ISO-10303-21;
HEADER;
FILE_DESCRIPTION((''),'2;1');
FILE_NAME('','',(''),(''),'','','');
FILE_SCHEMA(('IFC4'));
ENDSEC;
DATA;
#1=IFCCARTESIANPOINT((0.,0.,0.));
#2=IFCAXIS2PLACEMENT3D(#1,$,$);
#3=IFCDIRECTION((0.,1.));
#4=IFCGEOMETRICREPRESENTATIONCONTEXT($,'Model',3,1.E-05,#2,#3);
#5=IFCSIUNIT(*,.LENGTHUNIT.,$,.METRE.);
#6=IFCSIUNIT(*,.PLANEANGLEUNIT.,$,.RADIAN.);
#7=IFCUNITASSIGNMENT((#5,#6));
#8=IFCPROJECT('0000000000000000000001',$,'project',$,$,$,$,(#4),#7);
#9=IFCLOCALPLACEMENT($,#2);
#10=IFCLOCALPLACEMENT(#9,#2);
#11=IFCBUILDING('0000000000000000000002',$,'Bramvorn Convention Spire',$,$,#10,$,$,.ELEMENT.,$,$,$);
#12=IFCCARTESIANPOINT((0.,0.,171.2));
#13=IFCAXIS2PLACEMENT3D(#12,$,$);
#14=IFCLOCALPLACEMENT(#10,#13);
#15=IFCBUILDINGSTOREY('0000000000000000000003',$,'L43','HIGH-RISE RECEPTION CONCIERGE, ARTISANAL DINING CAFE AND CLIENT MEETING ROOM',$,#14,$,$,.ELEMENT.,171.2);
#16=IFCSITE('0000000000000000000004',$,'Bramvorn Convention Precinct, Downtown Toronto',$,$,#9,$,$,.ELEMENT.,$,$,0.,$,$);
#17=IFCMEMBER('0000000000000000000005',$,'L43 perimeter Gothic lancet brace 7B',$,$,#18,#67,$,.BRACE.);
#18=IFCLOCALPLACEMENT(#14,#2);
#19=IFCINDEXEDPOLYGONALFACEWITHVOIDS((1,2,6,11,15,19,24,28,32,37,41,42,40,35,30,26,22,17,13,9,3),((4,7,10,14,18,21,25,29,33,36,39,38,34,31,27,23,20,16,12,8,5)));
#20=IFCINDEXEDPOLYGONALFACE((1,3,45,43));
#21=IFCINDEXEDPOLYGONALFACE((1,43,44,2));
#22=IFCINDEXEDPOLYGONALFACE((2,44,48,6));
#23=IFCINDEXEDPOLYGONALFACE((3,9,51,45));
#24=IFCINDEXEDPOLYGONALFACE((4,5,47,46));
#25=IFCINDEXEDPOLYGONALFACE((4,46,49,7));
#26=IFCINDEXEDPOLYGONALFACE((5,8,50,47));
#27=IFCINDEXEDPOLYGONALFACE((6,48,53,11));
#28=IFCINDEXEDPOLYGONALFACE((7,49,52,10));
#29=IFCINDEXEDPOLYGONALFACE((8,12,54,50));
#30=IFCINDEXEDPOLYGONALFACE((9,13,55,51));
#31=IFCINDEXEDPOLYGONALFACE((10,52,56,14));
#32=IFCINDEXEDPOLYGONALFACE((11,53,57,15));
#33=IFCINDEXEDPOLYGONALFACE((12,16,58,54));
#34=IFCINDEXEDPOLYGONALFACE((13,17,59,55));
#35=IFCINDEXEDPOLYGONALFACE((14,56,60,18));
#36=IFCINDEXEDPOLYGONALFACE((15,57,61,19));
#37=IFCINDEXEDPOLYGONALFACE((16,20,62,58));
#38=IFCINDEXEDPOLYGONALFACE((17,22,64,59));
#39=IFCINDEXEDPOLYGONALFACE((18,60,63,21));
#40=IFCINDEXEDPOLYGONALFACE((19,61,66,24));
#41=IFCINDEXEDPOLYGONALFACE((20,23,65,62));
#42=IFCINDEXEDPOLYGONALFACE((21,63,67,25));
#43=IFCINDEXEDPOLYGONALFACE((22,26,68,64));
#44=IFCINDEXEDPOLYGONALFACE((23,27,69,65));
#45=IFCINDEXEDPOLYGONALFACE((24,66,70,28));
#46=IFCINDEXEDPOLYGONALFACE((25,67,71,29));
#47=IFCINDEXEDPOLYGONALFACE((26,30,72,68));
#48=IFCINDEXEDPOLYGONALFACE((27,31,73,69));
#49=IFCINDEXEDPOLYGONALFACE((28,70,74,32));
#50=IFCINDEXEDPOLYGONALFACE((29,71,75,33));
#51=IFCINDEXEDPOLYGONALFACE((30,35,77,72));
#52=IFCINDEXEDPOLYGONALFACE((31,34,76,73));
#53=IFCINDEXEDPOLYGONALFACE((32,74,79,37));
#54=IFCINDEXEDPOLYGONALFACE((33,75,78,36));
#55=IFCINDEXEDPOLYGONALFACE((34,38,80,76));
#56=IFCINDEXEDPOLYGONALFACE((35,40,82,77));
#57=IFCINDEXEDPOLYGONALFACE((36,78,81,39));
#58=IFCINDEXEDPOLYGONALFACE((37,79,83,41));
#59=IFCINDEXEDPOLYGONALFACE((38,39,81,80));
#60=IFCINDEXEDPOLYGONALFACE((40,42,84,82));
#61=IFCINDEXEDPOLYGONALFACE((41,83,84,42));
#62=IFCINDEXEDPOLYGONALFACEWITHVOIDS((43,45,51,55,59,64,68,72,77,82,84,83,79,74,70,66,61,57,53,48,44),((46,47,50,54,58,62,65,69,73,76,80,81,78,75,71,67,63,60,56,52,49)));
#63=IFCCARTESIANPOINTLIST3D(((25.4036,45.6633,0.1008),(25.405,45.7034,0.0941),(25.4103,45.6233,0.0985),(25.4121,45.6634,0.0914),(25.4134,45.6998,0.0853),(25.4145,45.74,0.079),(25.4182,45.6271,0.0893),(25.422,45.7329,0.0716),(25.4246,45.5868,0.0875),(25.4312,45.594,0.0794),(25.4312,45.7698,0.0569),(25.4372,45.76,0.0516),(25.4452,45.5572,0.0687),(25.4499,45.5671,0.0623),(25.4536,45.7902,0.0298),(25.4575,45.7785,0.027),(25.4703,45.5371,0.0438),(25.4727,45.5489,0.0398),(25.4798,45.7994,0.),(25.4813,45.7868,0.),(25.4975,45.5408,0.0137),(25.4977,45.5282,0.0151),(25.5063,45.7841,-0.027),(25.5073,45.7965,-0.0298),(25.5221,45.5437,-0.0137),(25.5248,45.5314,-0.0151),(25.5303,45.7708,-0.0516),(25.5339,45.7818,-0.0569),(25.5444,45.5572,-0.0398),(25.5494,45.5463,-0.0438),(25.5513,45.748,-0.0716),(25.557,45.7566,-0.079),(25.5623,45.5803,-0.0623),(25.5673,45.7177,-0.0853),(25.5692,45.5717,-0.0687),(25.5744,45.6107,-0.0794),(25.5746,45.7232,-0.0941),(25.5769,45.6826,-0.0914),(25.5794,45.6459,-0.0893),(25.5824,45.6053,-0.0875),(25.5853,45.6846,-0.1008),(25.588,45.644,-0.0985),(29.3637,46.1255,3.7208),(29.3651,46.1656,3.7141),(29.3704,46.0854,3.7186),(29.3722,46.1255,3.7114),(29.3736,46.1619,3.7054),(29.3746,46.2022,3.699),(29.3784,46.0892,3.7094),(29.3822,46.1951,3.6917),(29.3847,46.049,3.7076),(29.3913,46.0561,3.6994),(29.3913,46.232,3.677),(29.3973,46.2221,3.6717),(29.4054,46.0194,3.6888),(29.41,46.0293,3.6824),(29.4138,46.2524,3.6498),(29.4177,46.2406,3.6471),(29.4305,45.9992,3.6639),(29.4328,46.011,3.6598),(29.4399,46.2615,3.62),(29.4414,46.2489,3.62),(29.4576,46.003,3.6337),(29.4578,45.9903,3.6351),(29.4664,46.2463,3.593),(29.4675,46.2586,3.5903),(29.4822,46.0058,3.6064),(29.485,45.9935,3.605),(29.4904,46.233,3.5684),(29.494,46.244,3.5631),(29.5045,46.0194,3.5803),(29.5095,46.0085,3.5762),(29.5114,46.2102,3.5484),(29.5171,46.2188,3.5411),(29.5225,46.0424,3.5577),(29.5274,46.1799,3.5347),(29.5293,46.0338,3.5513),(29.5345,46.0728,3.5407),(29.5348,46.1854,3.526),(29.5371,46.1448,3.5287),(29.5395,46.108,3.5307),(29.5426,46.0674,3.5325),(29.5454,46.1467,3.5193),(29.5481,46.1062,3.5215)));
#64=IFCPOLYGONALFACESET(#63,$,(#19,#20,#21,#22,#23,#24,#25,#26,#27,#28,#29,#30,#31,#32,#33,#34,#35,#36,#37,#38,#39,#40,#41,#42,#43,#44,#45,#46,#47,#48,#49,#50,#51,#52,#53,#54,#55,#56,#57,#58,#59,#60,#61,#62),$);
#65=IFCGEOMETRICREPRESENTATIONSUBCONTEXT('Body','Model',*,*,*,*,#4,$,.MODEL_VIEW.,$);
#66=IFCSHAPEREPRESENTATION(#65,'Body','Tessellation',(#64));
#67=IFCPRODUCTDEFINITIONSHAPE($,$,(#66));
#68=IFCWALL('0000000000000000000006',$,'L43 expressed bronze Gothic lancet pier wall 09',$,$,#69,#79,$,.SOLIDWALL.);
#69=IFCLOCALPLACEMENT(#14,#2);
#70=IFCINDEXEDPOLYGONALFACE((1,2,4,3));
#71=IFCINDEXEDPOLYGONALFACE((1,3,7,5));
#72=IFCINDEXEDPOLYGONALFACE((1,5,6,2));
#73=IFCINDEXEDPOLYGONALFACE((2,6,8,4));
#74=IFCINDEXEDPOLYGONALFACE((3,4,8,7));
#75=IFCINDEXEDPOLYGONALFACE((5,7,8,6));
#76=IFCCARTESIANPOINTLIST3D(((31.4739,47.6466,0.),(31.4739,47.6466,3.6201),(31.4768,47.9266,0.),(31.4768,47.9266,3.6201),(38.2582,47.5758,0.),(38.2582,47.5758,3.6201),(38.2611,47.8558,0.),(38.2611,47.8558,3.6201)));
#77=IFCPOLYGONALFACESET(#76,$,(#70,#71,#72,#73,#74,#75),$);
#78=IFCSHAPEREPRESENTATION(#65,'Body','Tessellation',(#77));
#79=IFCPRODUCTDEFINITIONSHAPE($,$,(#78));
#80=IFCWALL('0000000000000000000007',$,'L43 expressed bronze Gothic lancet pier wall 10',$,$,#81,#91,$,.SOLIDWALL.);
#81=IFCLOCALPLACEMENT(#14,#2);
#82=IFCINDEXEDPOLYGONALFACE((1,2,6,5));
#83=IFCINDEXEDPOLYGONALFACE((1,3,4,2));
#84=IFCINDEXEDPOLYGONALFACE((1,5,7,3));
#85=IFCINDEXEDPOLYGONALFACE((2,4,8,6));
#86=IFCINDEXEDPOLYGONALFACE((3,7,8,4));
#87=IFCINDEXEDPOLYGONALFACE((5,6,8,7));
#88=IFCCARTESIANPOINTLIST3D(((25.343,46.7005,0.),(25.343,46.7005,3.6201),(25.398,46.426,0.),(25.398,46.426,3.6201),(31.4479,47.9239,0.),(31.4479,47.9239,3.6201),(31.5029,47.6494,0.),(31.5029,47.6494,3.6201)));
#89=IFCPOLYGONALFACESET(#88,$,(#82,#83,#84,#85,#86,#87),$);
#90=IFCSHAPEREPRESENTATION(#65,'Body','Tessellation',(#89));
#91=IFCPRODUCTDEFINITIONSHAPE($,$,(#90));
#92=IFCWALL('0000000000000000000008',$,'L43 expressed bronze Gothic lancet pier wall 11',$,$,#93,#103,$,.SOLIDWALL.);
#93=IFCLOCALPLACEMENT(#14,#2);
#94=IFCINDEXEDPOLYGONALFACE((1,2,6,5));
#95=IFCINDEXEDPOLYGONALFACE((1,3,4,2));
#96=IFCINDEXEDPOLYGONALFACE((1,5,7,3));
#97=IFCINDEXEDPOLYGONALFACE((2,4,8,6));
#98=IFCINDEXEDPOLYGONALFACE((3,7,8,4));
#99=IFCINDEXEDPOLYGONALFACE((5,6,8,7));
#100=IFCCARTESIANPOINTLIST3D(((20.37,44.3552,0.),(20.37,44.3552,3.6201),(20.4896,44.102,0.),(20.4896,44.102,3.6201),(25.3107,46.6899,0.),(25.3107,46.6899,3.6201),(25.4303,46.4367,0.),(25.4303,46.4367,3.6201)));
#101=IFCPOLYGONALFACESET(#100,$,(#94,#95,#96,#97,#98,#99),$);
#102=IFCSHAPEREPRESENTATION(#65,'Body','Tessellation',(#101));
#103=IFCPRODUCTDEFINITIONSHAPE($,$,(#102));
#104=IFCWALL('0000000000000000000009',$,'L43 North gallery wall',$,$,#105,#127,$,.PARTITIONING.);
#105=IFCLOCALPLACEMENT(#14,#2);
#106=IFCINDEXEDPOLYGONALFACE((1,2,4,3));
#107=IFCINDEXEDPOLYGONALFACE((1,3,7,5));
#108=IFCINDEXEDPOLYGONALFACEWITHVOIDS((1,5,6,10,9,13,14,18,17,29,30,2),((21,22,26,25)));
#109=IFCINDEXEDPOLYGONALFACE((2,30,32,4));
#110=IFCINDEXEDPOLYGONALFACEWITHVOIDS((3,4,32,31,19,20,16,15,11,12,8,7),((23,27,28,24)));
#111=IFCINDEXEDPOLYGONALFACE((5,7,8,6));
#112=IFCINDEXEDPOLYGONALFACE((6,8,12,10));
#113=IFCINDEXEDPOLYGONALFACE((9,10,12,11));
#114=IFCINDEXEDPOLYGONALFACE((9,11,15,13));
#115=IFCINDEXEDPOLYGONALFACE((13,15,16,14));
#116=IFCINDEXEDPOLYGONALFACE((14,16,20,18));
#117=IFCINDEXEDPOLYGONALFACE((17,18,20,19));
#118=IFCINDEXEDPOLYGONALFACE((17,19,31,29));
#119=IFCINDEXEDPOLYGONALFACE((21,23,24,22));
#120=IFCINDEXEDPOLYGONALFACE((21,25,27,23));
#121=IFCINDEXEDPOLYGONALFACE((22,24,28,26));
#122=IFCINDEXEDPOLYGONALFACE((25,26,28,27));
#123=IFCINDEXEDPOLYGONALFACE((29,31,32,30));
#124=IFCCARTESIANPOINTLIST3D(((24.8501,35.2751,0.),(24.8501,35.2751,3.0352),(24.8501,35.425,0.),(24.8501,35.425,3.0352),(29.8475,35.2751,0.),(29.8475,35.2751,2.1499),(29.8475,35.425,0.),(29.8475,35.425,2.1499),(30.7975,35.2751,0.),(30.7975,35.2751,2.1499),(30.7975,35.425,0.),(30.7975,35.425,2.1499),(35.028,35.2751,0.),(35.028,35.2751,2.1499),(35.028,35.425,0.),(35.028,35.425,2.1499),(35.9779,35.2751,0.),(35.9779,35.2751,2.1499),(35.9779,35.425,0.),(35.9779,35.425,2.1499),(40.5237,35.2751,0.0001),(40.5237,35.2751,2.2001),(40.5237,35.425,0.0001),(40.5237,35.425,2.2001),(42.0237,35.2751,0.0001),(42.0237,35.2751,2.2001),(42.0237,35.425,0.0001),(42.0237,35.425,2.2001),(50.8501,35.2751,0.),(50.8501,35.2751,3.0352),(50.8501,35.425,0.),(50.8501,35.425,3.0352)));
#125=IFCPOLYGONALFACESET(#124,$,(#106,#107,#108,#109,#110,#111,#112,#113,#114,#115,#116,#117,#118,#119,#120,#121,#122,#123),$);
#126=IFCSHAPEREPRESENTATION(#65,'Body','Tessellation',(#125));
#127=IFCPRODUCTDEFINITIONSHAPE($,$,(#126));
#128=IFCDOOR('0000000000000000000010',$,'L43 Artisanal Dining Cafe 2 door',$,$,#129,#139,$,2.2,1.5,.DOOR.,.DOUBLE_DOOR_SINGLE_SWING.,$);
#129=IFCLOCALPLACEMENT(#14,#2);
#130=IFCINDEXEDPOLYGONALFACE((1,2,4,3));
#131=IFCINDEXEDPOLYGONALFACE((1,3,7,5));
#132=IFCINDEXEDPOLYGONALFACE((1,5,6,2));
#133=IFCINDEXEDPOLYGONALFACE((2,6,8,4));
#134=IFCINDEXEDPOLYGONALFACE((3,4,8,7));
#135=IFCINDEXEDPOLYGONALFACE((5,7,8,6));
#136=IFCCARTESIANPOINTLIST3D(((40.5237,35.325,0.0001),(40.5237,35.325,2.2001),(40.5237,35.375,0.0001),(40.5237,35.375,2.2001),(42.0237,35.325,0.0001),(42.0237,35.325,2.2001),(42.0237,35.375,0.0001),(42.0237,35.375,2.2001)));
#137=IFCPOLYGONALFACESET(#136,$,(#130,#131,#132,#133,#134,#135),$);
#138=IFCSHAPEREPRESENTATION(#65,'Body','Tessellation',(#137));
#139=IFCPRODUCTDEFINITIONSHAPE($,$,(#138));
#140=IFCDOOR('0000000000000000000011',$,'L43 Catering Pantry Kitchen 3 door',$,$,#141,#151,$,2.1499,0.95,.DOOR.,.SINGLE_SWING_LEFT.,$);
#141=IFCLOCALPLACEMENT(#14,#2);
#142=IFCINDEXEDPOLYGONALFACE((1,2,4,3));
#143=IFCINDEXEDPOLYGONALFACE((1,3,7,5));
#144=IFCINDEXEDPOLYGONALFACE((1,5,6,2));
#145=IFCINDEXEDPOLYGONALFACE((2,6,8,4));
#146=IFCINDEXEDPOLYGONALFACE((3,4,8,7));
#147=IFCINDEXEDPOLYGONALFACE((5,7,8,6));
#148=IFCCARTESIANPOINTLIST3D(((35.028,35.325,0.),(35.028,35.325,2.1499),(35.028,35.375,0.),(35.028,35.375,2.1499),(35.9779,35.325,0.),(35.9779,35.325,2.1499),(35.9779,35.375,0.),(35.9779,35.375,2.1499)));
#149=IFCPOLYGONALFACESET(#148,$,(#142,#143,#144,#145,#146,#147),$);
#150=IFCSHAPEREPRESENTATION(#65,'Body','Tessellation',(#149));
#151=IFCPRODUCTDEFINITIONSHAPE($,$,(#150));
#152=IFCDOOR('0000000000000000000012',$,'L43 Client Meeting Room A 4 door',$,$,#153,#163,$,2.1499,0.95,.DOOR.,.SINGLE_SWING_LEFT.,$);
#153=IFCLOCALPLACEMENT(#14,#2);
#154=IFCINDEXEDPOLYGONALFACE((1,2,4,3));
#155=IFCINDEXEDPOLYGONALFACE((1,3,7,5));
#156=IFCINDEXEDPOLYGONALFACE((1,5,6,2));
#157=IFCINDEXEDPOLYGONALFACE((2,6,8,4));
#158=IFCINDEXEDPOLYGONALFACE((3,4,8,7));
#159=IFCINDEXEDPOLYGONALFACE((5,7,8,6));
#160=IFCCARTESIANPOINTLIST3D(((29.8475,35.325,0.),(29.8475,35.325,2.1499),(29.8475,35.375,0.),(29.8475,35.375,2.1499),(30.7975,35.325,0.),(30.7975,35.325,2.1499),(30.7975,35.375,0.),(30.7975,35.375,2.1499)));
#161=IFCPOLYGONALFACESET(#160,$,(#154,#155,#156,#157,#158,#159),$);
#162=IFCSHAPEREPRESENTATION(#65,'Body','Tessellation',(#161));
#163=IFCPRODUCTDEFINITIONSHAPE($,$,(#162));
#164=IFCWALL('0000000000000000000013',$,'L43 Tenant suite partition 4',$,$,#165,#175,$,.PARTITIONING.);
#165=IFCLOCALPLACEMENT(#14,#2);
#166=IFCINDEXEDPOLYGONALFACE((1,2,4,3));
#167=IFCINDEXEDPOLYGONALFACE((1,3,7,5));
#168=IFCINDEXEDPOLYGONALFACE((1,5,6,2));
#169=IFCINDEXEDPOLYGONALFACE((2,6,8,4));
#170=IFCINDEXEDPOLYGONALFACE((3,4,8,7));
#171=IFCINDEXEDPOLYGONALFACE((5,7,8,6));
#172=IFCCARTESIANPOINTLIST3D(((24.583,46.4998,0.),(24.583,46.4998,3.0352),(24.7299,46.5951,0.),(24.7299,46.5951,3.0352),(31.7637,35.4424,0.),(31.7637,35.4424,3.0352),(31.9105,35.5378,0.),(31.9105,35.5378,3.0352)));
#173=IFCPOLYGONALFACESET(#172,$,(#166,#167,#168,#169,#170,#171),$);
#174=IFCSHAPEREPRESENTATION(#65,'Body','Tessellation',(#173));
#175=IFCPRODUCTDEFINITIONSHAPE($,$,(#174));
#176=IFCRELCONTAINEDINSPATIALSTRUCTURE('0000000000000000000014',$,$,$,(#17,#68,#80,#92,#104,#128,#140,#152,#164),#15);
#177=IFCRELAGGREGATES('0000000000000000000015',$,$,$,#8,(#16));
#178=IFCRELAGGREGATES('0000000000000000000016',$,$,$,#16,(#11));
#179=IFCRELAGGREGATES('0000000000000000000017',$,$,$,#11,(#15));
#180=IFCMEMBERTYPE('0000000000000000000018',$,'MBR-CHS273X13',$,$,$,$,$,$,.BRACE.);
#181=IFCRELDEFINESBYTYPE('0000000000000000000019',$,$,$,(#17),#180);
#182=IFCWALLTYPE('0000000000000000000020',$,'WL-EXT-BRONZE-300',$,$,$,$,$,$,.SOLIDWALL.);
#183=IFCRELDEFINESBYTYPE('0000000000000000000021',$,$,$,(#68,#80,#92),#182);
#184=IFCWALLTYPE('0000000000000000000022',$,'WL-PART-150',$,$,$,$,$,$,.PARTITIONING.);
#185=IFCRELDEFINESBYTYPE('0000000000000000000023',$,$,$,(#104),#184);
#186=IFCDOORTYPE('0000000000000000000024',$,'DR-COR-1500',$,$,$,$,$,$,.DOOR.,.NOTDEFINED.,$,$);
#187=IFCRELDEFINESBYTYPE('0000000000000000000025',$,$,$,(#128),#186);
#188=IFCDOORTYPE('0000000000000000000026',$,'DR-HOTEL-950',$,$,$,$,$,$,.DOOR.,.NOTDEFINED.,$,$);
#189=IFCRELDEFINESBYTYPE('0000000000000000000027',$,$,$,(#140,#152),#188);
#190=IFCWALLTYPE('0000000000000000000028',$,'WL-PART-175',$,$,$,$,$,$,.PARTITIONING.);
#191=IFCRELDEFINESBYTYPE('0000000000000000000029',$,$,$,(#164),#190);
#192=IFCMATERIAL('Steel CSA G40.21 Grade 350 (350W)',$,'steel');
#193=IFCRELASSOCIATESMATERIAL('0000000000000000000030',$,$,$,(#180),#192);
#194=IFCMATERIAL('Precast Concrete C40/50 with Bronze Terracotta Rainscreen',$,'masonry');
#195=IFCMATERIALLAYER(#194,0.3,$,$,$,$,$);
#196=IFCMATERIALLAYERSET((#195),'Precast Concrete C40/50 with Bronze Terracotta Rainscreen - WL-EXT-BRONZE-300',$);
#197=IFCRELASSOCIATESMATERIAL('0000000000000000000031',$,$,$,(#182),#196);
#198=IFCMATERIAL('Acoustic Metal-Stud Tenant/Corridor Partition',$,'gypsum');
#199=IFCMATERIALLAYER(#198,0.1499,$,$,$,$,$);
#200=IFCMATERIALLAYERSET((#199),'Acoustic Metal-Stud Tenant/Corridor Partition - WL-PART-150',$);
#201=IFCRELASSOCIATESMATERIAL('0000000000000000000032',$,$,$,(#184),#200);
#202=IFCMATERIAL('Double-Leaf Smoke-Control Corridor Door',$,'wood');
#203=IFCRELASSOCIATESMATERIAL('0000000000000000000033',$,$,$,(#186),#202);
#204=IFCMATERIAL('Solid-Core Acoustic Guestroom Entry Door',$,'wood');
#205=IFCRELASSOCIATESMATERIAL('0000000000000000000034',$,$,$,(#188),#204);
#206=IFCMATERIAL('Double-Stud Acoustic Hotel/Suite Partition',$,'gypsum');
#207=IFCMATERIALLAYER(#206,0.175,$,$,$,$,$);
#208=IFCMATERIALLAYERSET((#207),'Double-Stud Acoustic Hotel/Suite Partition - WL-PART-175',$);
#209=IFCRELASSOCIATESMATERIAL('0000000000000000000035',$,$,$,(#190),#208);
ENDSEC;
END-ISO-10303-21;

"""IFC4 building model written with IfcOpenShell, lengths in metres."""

from ifc_helpers import new_model, si_unit, direction, frame, frame_2d, origin, origin_2d, place, context, subcontext, project, spatial, rectangle, hollow_circle, extrude, material, layer, layer_set, material_profile, profile_set, type_object, element, fill, save


model = new_model("IFC4")

# Units and contexts
model_context = context("Model", 3, precision=1e-05, world=origin(), true_north=direction((0.0, 1.0)))
body_context = subcontext(model_context, "Body", "Model", "MODEL_VIEW")
ifc_project = project(units=[si_unit("LENGTHUNIT", "METRE"), si_unit("PLANEANGLEUNIT", "RADIAN")], contexts=[model_context])

# Site, building, storey
site_placement = place(None, origin())
site = spatial("IfcSite", under=ifc_project, at=site_placement, Name="Bramvorn Convention Precinct, Downtown Toronto", CompositionType="ELEMENT", RefElevation=0.0)
building_placement = place(site_placement, origin())
building = spatial("IfcBuilding", under=site, at=building_placement, Name="Bramvorn Convention Spire", CompositionType="ELEMENT")
storey_placement = place(building_placement, frame((0.0, 0.0, 171.2)))
storey = spatial("IfcBuildingStorey", under=building, at=storey_placement, Name="L43", Description="HIGH-RISE RECEPTION CONCIERGE, ARTISANAL DINING CAFE AND CLIENT MEETING ROOM", CompositionType="ELEMENT", Elevation=171.2)

# Shared definitions
ifc_material_1 = material(Name="Steel CSA G40.21 Grade 350 (350W)", Category="steel")

# Member
ifc_material_profile_1 = material_profile(ifc_material_1, hollow_circle(Radius=0.1365, WallThickness=0.0127, at=origin_2d()))
ifc_profile_set_1 = profile_set([ifc_material_profile_1], Name="Steel CSA G40.21 Grade 350 (350W) - CHS273X13")
member_type = type_object("IfcMemberType", Name="MBR-CHS273X13", PredefinedType="BRACE", material=ifc_profile_set_1)
member_1_placement = place(storey_placement, frame((25.4956, 45.6638, 0.0), z_axis=(0.735365, 0.085818, 0.672215), x_axis=(-0.115914, 0.993259, 0.0)))
element("IfcMember", 1, at=member_1_placement, inside=storey, type_object=member_type, Name="L43 perimeter Gothic lancet brace 7B", PredefinedType="BRACE", context=body_context, shape_type="SweptSolid", body=[
    extrude(hollow_circle(Radius=0.1365, WallThickness=0.0127, at=origin_2d()), origin(), (0.0, 0.0, 1.0), 5.3853),
])

# Walls
ifc_material_2 = material(Name="Precast Concrete C40/50 with Bronze Terracotta Rainscreen", Category="masonry")
ifc_layer_1 = layer(ifc_material_2, 0.3)
ifc_layer_set_1 = layer_set([ifc_layer_1], Name="Precast Concrete C40/50 with Bronze Terracotta Rainscreen - WL-EXT-BRONZE-300")
wall_type_1 = type_object("IfcWallType", Name="WL-EXT-BRONZE-300", PredefinedType="SOLIDWALL", material=ifc_layer_set_1)
wall_1_placement = place(storey_placement, frame((31.4753, 47.7866, 0.0), z_axis=(0.0, 0.0, 1.0), x_axis=(0.999946, -0.010436, 0.0)))
element("IfcWall", 2, at=wall_1_placement, inside=storey, type_object=wall_type_1, Name="L43 expressed bronze Gothic lancet pier wall 09", PredefinedType="SOLIDWALL", context=body_context, shape_type="SweptSolid", body=[
    extrude(rectangle(XDim=6.7847, YDim=0.28, at=frame_2d((3.3923, 0.0))), origin(), (0.0, 0.0, 1.0), 3.6201),
])
wall_2_placement = place(storey_placement, frame((25.3704, 46.5632, 0.0), z_axis=(0.0, 0.0, 1.0), x_axis=(0.980507, 0.196486, 0.0)))
element("IfcWall", 3, at=wall_2_placement, inside=storey, type_object=wall_type_1, Name="L43 expressed bronze Gothic lancet pier wall 10", PredefinedType="SOLIDWALL", context=body_context, shape_type="SweptSolid", body=[
    extrude(rectangle(XDim=6.2263, YDim=0.28, at=frame_2d((3.1133, 0.0))), origin(), (0.0, 0.0, 1.0), 3.6201),
])
wall_3_placement = place(storey_placement, frame((20.4297, 44.2285, 0.0), z_axis=(0.0, 0.0, 1.0), x_axis=(0.904134, 0.427249, 0.0)))
element("IfcWall", 4, at=wall_3_placement, inside=storey, type_object=wall_type_1, Name="L43 expressed bronze Gothic lancet pier wall 11", PredefinedType="SOLIDWALL", context=body_context, shape_type="SweptSolid", body=[
    extrude(rectangle(XDim=5.4646, YDim=0.28, at=frame_2d((2.7324, 0.0))), origin(), (0.0, 0.0, 1.0), 3.6201),
])

# Wall, openings, doors
ifc_material_3 = material(Name="Acoustic Metal-Stud Tenant/Corridor Partition", Category="gypsum")
ifc_layer_2 = layer(ifc_material_3, 0.1499)
ifc_layer_set_2 = layer_set([ifc_layer_2], Name="Acoustic Metal-Stud Tenant/Corridor Partition - WL-PART-150")
wall_type_2 = type_object("IfcWallType", Name="WL-PART-150", PredefinedType="PARTITIONING", material=ifc_layer_set_2)
wall_4_placement = place(storey_placement, frame((24.8501, 35.3501, 0.0), z_axis=(0.0, 0.0, 1.0), x_axis=(1.0, 0.0, 0.0)))
wall_4 = element("IfcWall", 5, at=wall_4_placement, inside=storey, type_object=wall_type_2, Name="L43 North gallery wall", PredefinedType="PARTITIONING", context=body_context, shape_type="SweptSolid", body=[
    extrude(rectangle(XDim=26.0, YDim=0.1499, at=frame_2d((13.0, 0.0))), origin(), (0.0, 0.0, 1.0), 3.0352),
])
opening_1_placement = place(wall_4_placement, frame((15.6736, 0.0, 0.0)))
opening_1 = element("IfcOpeningElement", 6, at=opening_1_placement, cuts=wall_4, PredefinedType="OPENING", context=body_context, shape_type="SweptSolid", body=[
    extrude(rectangle(XDim=1.5, YDim=2.2, at=frame_2d((0.75, 1.1001))), frame((0.0, 0.085, 0.0), z_axis=(0.0, -1.0, 0.0), x_axis=(1.0, 0.0, 0.0)), (0.0, 0.0, 1.0), 0.1699),
])
opening_2_placement = place(wall_4_placement, frame((10.1777, 0.0, 0.0)))
opening_2 = element("IfcOpeningElement", 7, at=opening_2_placement, cuts=wall_4, PredefinedType="OPENING", context=body_context, shape_type="SweptSolid", body=[
    extrude(rectangle(XDim=0.95, YDim=2.1499, at=frame_2d((0.4751, 1.075))), frame((0.0, 0.085, 0.0), z_axis=(0.0, -1.0, 0.0), x_axis=(1.0, 0.0, 0.0)), (0.0, 0.0, 1.0), 0.1699),
])
opening_3_placement = place(wall_4_placement, frame((4.9973, 0.0, 0.0)))
opening_3 = element("IfcOpeningElement", 8, at=opening_3_placement, cuts=wall_4, PredefinedType="OPENING", context=body_context, shape_type="SweptSolid", body=[
    extrude(rectangle(XDim=0.95, YDim=2.1499, at=frame_2d((0.4751, 1.075))), frame((0.0, 0.085, 0.0), z_axis=(0.0, -1.0, 0.0), x_axis=(1.0, 0.0, 0.0)), (0.0, 0.0, 1.0), 0.1699),
])
ifc_material_4 = material(Name="Double-Leaf Smoke-Control Corridor Door", Category="wood")
door_type_1 = type_object("IfcDoorType", Name="DR-COR-1500", OperationType="NOTDEFINED", PredefinedType="DOOR", material=ifc_material_4)
door_1_placement = place(opening_1_placement, origin())
door_1 = element("IfcDoor", 9, at=door_1_placement, inside=storey, type_object=door_type_1, Name="L43 Artisanal Dining Cafe 2 door", OperationType="DOUBLE_DOOR_SINGLE_SWING", OverallHeight=2.2, OverallWidth=1.5, PredefinedType="DOOR", context=body_context, shape_type="SweptSolid", body=[
    extrude(rectangle(XDim=1.5, YDim=2.2, at=frame_2d((0.75, 1.1001))), frame((0.0, 0.0249, 0.0), z_axis=(0.0, -1.0, 0.0), x_axis=(1.0, 0.0, 0.0)), (0.0, 0.0, 1.0), 0.05),
])
fill(opening_1, door_1)
ifc_material_5 = material(Name="Solid-Core Acoustic Guestroom Entry Door", Category="wood")
door_type_2 = type_object("IfcDoorType", Name="DR-HOTEL-950", OperationType="NOTDEFINED", PredefinedType="DOOR", material=ifc_material_5)
door_2_placement = place(opening_2_placement, origin())
door_2 = element("IfcDoor", 10, at=door_2_placement, inside=storey, type_object=door_type_2, Name="L43 Catering Pantry Kitchen 3 door", OperationType="SINGLE_SWING_LEFT", OverallHeight=2.1499, OverallWidth=0.95, PredefinedType="DOOR", context=body_context, shape_type="SweptSolid", body=[
    extrude(rectangle(XDim=0.95, YDim=2.1499, at=frame_2d((0.4751, 1.075))), frame((0.0, 0.0249, 0.0), z_axis=(0.0, -1.0, 0.0), x_axis=(1.0, 0.0, 0.0)), (0.0, 0.0, 1.0), 0.05),
])
fill(opening_2, door_2)
door_3_placement = place(opening_3_placement, origin())
door_3 = element("IfcDoor", 11, at=door_3_placement, inside=storey, type_object=door_type_2, Name="L43 Client Meeting Room A 4 door", OperationType="SINGLE_SWING_LEFT", OverallHeight=2.1499, OverallWidth=0.95, PredefinedType="DOOR", context=body_context, shape_type="SweptSolid", body=[
    extrude(rectangle(XDim=0.95, YDim=2.1499, at=frame_2d((0.4751, 1.075))), frame((0.0, 0.0249, 0.0), z_axis=(0.0, -1.0, 0.0), x_axis=(1.0, 0.0, 0.0)), (0.0, 0.0, 1.0), 0.05),
])
fill(opening_3, door_3)

# Wall
ifc_material_6 = material(Name="Double-Stud Acoustic Hotel/Suite Partition", Category="gypsum")
ifc_layer_3 = layer(ifc_material_6, 0.175)
ifc_layer_set_3 = layer_set([ifc_layer_3], Name="Double-Stud Acoustic Hotel/Suite Partition - WL-PART-175")
wall_type_3 = type_object("IfcWallType", Name="WL-PART-175", PredefinedType="PARTITIONING", material=ifc_layer_set_3)
wall_5_placement = place(storey_placement, frame((31.8372, 35.49, 0.0), z_axis=(0.0, 0.0, 1.0), x_axis=(-0.544635, 0.838673, 0.0)))
element("IfcWall", 12, at=wall_5_placement, inside=storey, type_object=wall_type_3, Name="L43 Tenant suite partition 4", PredefinedType="PARTITIONING", context=body_context, shape_type="SweptSolid", body=[
    extrude(rectangle(XDim=13.1843, YDim=0.175, at=frame_2d((6.5923, 0.0))), origin(), (0.0, 0.0, 1.0), 3.0352),
])

save(model, "model.ifc")
